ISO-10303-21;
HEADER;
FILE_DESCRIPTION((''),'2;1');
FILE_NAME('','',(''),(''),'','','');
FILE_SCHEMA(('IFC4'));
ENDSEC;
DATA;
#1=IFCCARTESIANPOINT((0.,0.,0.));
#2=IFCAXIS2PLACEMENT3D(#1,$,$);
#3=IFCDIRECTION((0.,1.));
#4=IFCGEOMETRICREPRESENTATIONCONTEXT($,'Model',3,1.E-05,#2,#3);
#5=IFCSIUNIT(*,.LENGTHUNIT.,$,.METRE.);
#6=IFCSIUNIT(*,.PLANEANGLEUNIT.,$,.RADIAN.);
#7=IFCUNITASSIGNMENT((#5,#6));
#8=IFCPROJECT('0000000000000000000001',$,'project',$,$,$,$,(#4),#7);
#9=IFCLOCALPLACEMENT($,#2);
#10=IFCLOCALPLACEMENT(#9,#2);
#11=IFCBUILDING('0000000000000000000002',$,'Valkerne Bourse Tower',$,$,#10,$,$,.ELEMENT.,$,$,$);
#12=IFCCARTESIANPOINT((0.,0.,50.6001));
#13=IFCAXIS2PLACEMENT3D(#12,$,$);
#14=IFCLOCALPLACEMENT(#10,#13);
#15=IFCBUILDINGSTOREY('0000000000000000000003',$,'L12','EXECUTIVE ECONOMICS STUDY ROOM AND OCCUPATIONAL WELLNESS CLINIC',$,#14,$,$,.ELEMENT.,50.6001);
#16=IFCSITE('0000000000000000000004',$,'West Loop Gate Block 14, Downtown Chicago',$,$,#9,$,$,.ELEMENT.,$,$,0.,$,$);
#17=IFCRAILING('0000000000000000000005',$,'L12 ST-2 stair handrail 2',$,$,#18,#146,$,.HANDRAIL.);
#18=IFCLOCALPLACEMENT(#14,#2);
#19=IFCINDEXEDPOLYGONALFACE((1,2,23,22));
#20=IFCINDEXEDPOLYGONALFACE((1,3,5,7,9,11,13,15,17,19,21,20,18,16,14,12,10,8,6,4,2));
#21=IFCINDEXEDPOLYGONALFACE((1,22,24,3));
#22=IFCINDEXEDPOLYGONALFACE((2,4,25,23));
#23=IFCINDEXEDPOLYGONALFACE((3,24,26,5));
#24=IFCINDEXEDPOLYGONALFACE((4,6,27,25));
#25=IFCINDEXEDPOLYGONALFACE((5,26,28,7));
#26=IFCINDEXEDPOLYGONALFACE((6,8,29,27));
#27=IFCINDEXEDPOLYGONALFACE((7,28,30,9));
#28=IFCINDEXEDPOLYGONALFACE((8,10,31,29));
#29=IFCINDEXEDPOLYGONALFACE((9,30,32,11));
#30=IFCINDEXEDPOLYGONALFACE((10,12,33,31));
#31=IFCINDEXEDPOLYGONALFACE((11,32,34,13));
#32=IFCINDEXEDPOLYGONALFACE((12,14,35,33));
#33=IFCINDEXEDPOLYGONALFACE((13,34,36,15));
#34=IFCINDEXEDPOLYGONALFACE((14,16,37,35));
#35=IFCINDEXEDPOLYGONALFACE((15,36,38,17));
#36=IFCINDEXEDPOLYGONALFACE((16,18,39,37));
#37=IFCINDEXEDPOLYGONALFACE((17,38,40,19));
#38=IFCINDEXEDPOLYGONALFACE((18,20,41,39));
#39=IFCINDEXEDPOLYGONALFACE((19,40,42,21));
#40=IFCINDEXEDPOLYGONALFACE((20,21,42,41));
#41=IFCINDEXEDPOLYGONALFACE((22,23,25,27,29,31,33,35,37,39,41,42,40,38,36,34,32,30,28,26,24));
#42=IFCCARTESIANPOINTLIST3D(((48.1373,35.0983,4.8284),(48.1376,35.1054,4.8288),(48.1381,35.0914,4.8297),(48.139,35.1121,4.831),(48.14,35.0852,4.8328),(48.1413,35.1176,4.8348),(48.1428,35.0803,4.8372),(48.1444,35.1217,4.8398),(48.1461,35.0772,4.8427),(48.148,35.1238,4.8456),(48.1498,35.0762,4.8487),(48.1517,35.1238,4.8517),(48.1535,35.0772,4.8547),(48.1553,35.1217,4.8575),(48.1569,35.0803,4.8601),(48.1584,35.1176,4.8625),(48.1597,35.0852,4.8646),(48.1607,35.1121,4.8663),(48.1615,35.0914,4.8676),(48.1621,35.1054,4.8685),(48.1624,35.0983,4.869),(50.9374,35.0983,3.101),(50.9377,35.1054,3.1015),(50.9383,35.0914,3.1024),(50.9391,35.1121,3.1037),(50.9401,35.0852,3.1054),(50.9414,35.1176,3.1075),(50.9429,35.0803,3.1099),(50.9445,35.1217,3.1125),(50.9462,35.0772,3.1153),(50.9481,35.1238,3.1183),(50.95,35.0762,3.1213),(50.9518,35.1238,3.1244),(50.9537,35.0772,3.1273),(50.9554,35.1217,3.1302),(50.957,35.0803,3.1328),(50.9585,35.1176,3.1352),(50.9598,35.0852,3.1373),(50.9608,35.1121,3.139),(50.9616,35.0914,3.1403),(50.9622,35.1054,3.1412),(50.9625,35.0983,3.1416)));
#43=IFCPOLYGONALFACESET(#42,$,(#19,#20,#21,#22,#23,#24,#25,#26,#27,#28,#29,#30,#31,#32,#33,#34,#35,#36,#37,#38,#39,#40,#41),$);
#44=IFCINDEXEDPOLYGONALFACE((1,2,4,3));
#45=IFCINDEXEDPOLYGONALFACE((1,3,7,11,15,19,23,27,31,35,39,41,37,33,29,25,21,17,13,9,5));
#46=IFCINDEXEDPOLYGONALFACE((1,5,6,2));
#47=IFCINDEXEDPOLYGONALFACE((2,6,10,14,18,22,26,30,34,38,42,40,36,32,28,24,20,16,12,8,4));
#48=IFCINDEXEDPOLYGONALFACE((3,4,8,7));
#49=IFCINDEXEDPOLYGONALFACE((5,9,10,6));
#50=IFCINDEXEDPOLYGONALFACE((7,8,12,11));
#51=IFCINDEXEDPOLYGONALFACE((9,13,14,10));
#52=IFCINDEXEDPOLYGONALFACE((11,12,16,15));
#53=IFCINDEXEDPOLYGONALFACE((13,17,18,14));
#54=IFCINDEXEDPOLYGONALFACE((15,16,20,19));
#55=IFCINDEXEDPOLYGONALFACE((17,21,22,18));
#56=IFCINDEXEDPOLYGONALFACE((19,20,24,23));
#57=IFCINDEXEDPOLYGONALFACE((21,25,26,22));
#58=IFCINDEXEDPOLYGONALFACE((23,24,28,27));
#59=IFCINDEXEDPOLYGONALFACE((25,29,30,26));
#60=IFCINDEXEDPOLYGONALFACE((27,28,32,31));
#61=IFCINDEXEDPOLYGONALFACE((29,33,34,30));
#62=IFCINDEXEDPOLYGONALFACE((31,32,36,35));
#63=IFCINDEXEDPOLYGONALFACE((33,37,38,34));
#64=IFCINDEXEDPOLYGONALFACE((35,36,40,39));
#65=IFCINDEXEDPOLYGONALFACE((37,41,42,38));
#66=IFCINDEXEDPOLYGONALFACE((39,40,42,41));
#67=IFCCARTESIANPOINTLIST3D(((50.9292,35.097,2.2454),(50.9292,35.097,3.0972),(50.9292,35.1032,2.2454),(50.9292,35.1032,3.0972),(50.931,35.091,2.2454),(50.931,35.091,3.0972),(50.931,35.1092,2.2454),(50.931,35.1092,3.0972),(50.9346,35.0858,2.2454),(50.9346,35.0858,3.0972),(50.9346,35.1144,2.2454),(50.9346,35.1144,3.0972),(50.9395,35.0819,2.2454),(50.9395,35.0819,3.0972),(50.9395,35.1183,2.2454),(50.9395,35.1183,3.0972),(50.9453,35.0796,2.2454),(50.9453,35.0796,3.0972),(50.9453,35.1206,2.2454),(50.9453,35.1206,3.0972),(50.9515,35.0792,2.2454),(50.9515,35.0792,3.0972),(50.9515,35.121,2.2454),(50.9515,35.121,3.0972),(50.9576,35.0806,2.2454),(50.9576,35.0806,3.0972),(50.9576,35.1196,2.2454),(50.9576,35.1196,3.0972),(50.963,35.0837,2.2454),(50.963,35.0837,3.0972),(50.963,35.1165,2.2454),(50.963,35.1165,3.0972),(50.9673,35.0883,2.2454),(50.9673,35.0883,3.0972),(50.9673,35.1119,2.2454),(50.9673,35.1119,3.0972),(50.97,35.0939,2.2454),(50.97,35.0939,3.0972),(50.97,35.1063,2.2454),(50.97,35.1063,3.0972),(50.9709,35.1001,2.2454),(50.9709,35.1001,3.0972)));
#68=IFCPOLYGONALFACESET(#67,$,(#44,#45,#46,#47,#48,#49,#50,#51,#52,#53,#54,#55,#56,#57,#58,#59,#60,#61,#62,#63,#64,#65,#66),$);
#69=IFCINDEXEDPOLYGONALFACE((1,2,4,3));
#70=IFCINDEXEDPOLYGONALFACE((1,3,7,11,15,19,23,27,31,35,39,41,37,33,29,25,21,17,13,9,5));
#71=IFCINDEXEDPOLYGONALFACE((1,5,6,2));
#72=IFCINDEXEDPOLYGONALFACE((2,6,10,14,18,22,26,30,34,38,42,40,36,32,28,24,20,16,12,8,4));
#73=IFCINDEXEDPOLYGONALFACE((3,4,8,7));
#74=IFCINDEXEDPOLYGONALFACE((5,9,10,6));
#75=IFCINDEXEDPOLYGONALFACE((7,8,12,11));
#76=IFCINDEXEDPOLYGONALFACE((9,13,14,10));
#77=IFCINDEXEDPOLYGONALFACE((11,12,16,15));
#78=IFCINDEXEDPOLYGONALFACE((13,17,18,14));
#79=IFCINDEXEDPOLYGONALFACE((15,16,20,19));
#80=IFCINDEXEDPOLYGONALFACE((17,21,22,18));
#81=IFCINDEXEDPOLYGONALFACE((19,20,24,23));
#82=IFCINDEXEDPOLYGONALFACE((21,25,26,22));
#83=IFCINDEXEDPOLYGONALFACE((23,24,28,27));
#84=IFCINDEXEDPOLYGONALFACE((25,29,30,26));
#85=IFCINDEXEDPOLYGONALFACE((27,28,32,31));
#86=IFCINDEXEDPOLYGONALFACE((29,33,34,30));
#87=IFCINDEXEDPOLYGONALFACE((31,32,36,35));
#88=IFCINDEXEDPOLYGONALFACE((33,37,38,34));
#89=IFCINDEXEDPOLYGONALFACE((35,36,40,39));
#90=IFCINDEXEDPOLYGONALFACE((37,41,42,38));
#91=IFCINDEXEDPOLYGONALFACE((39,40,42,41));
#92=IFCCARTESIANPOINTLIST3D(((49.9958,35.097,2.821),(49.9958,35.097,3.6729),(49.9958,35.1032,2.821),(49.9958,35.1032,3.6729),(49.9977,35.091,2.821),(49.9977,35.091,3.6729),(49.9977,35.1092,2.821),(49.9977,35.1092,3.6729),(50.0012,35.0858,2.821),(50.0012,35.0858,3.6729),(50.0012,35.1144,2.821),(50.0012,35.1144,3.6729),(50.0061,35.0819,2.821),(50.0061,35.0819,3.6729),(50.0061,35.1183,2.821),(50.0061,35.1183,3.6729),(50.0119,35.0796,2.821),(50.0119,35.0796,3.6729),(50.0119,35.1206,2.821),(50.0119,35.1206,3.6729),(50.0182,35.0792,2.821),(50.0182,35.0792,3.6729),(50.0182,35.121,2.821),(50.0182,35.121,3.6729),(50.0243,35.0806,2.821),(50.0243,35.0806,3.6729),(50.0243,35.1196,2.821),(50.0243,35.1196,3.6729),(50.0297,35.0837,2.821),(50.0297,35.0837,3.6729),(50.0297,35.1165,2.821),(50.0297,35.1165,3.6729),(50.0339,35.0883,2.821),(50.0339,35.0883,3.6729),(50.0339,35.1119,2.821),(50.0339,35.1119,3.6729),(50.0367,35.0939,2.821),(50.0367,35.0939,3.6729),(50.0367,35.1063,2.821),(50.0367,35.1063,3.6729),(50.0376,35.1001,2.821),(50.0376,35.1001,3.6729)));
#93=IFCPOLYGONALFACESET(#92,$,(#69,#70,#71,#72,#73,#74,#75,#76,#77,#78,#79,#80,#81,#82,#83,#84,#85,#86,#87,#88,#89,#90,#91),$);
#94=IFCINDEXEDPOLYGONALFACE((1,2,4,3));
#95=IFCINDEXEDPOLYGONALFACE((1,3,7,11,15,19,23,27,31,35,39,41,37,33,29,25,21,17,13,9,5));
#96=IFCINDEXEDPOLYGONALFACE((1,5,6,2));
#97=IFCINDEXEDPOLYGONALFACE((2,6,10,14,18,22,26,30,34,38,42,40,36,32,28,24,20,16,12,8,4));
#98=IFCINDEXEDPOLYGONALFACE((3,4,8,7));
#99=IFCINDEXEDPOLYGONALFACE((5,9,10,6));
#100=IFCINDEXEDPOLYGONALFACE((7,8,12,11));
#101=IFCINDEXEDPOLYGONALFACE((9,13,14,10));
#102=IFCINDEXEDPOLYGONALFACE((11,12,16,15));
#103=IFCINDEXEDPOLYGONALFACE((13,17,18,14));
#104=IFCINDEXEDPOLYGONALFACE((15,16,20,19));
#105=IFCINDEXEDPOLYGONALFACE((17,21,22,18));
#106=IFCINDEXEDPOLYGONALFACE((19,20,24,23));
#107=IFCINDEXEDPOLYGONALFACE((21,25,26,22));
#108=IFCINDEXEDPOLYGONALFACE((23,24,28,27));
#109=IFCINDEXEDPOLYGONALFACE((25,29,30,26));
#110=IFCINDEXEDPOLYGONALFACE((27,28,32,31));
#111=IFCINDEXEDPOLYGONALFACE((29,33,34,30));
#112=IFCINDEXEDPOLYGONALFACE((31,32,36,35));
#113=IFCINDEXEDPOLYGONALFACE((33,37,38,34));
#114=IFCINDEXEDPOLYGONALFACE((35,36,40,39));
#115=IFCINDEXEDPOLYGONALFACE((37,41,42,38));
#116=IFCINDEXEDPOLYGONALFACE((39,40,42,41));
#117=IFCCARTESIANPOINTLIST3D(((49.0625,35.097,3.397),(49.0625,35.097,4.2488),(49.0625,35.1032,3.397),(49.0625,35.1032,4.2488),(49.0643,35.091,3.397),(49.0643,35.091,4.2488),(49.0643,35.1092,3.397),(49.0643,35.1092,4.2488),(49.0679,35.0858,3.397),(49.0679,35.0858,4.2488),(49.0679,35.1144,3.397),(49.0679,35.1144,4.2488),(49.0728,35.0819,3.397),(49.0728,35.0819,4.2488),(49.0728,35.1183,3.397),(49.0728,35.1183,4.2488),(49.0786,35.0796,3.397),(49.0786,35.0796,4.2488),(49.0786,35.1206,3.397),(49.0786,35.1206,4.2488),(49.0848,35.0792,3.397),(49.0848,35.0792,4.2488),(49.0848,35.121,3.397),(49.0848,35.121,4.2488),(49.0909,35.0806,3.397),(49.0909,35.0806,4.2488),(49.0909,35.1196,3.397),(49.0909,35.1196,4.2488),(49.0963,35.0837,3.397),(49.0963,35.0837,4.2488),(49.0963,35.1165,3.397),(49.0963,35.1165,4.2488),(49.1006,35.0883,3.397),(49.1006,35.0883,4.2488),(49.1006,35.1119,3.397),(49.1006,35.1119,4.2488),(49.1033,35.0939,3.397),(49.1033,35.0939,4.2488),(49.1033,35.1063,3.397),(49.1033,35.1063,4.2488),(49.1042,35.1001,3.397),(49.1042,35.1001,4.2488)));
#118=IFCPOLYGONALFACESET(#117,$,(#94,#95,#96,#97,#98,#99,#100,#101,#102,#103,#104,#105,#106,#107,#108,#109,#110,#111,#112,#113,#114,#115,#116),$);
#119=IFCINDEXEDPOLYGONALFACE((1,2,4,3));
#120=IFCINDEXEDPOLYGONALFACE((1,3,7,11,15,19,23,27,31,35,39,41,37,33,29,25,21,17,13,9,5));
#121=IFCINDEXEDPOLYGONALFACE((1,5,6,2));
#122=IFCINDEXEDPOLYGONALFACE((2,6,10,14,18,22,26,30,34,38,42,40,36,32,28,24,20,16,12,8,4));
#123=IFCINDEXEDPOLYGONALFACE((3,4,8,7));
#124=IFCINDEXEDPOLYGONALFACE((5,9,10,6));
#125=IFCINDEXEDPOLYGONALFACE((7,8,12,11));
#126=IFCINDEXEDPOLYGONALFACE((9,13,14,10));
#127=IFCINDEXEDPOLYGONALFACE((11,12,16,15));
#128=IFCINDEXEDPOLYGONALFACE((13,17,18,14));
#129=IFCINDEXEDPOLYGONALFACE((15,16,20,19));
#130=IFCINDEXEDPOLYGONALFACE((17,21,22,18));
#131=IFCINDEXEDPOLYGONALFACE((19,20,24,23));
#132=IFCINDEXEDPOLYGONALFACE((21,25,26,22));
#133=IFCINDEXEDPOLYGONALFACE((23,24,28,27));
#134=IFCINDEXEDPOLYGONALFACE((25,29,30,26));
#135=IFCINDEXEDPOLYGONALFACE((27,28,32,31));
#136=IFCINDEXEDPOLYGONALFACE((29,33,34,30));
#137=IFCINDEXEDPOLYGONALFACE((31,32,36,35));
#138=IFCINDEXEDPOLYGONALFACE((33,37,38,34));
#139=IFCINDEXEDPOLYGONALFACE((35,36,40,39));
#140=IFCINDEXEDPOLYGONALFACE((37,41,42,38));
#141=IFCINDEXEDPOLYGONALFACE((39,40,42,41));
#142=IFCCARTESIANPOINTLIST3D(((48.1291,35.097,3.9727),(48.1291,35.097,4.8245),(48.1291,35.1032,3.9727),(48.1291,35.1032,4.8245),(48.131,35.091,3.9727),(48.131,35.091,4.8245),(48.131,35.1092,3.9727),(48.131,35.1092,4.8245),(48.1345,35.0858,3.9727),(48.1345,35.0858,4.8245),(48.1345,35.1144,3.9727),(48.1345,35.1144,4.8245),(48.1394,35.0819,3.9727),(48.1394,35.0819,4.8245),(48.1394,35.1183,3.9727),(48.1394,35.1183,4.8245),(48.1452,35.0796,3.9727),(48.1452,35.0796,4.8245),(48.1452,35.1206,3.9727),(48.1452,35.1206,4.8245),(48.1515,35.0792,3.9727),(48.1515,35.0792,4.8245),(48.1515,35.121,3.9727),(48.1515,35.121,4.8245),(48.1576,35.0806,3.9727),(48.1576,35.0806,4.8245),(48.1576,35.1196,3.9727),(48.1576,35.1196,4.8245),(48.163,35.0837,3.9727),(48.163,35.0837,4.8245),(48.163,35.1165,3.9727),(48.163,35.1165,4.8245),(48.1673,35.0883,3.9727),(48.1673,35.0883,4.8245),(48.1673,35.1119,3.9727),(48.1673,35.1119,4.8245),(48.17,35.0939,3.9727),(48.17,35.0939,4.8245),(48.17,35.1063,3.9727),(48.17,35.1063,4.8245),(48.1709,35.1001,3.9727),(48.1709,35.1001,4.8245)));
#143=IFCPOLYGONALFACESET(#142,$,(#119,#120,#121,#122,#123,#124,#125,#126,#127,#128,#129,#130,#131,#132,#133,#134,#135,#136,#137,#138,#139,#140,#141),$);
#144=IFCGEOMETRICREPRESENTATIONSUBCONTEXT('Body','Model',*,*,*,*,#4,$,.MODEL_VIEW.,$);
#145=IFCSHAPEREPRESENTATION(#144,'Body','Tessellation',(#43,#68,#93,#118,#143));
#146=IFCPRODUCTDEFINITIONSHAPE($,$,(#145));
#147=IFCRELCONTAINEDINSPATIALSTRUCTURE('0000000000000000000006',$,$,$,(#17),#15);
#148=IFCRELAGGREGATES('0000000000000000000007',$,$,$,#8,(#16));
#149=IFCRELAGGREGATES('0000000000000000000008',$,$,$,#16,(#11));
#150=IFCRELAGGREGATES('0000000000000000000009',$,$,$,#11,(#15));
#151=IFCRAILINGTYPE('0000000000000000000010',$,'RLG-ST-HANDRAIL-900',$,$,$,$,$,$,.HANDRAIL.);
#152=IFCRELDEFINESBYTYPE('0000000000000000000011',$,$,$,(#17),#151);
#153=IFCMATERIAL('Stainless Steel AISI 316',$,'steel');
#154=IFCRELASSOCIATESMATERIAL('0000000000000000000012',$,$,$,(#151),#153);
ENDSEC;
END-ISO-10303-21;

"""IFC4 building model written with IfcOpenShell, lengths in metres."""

from ifc_helpers import new_model, si_unit, direction, frame, origin, origin_2d, place, context, subcontext, project, spatial, circle, extrude, material, type_object, element, save


model = new_model("IFC4")

# Units and contexts
model_context = context("Model", 3, precision=1e-05, world=origin(), true_north=direction((0.0, 1.0)))
body_context = subcontext(model_context, "Body", "Model", "MODEL_VIEW")
ifc_project = project(units=[si_unit("LENGTHUNIT", "METRE"), si_unit("PLANEANGLEUNIT", "RADIAN")], contexts=[model_context])

# Site, building, storey
site_placement = place(None, origin())
site = spatial("IfcSite", under=ifc_project, at=site_placement, Name="West Loop Gate Block 14, Downtown Chicago", CompositionType="ELEMENT", RefElevation=0.0)
building_placement = place(site_placement, origin())
building = spatial("IfcBuilding", under=site, at=building_placement, Name="Valkerne Bourse Tower", CompositionType="ELEMENT")
storey_placement = place(building_placement, frame((0.0, 0.0, 50.6001)))
storey = spatial("IfcBuildingStorey", under=building, at=storey_placement, Name="L12", Description="EXECUTIVE ECONOMICS STUDY ROOM AND OCCUPATIONAL WELLNESS CLINIC", CompositionType="ELEMENT", Elevation=50.6001)

# Shared definitions
ifc_material_1 = material(Name="Stainless Steel AISI 316", Category="steel")

# Railing
railing_type_1 = type_object("IfcRailingType", Name="RLG-ST-HANDRAIL-900", PredefinedType="HANDRAIL", material=ifc_material_1)
railing_1_placement = place(storey_placement, frame((50.95, 35.1001, 2.2454)))
element("IfcRailing", 1, at=railing_1_placement, inside=storey, type_object=railing_type_1, Name="L12 ST-2 stair handrail 2", PredefinedType="HANDRAIL", context=body_context, shape_type="SweptSolid", body=[
    extrude(circle(Radius=0.0239, at=origin_2d()), frame((0.0, 0.0, 0.876), z_axis=(-0.85109, 0.0, 0.52502), x_axis=(0.0, -1.0, 0.0)), (0.0, 0.0, 1.0), 3.29),
    extrude(circle(Radius=0.021, at=origin_2d()), origin(), (0.0, 0.0, 1.0), 0.8518),
    extrude(circle(Radius=0.021, at=origin_2d()), frame((-0.9333, 0.0, 0.5757)), (0.0, 0.0, 1.0), 0.8518),
    extrude(circle(Radius=0.021, at=origin_2d()), frame((-1.8667, 0.0, 1.1516)), (0.0, 0.0, 1.0), 0.8518),
    extrude(circle(Radius=0.021, at=origin_2d()), frame((-2.8, 0.0, 1.7273)), (0.0, 0.0, 1.0), 0.8518),
])

save(model, "model.ifc")
